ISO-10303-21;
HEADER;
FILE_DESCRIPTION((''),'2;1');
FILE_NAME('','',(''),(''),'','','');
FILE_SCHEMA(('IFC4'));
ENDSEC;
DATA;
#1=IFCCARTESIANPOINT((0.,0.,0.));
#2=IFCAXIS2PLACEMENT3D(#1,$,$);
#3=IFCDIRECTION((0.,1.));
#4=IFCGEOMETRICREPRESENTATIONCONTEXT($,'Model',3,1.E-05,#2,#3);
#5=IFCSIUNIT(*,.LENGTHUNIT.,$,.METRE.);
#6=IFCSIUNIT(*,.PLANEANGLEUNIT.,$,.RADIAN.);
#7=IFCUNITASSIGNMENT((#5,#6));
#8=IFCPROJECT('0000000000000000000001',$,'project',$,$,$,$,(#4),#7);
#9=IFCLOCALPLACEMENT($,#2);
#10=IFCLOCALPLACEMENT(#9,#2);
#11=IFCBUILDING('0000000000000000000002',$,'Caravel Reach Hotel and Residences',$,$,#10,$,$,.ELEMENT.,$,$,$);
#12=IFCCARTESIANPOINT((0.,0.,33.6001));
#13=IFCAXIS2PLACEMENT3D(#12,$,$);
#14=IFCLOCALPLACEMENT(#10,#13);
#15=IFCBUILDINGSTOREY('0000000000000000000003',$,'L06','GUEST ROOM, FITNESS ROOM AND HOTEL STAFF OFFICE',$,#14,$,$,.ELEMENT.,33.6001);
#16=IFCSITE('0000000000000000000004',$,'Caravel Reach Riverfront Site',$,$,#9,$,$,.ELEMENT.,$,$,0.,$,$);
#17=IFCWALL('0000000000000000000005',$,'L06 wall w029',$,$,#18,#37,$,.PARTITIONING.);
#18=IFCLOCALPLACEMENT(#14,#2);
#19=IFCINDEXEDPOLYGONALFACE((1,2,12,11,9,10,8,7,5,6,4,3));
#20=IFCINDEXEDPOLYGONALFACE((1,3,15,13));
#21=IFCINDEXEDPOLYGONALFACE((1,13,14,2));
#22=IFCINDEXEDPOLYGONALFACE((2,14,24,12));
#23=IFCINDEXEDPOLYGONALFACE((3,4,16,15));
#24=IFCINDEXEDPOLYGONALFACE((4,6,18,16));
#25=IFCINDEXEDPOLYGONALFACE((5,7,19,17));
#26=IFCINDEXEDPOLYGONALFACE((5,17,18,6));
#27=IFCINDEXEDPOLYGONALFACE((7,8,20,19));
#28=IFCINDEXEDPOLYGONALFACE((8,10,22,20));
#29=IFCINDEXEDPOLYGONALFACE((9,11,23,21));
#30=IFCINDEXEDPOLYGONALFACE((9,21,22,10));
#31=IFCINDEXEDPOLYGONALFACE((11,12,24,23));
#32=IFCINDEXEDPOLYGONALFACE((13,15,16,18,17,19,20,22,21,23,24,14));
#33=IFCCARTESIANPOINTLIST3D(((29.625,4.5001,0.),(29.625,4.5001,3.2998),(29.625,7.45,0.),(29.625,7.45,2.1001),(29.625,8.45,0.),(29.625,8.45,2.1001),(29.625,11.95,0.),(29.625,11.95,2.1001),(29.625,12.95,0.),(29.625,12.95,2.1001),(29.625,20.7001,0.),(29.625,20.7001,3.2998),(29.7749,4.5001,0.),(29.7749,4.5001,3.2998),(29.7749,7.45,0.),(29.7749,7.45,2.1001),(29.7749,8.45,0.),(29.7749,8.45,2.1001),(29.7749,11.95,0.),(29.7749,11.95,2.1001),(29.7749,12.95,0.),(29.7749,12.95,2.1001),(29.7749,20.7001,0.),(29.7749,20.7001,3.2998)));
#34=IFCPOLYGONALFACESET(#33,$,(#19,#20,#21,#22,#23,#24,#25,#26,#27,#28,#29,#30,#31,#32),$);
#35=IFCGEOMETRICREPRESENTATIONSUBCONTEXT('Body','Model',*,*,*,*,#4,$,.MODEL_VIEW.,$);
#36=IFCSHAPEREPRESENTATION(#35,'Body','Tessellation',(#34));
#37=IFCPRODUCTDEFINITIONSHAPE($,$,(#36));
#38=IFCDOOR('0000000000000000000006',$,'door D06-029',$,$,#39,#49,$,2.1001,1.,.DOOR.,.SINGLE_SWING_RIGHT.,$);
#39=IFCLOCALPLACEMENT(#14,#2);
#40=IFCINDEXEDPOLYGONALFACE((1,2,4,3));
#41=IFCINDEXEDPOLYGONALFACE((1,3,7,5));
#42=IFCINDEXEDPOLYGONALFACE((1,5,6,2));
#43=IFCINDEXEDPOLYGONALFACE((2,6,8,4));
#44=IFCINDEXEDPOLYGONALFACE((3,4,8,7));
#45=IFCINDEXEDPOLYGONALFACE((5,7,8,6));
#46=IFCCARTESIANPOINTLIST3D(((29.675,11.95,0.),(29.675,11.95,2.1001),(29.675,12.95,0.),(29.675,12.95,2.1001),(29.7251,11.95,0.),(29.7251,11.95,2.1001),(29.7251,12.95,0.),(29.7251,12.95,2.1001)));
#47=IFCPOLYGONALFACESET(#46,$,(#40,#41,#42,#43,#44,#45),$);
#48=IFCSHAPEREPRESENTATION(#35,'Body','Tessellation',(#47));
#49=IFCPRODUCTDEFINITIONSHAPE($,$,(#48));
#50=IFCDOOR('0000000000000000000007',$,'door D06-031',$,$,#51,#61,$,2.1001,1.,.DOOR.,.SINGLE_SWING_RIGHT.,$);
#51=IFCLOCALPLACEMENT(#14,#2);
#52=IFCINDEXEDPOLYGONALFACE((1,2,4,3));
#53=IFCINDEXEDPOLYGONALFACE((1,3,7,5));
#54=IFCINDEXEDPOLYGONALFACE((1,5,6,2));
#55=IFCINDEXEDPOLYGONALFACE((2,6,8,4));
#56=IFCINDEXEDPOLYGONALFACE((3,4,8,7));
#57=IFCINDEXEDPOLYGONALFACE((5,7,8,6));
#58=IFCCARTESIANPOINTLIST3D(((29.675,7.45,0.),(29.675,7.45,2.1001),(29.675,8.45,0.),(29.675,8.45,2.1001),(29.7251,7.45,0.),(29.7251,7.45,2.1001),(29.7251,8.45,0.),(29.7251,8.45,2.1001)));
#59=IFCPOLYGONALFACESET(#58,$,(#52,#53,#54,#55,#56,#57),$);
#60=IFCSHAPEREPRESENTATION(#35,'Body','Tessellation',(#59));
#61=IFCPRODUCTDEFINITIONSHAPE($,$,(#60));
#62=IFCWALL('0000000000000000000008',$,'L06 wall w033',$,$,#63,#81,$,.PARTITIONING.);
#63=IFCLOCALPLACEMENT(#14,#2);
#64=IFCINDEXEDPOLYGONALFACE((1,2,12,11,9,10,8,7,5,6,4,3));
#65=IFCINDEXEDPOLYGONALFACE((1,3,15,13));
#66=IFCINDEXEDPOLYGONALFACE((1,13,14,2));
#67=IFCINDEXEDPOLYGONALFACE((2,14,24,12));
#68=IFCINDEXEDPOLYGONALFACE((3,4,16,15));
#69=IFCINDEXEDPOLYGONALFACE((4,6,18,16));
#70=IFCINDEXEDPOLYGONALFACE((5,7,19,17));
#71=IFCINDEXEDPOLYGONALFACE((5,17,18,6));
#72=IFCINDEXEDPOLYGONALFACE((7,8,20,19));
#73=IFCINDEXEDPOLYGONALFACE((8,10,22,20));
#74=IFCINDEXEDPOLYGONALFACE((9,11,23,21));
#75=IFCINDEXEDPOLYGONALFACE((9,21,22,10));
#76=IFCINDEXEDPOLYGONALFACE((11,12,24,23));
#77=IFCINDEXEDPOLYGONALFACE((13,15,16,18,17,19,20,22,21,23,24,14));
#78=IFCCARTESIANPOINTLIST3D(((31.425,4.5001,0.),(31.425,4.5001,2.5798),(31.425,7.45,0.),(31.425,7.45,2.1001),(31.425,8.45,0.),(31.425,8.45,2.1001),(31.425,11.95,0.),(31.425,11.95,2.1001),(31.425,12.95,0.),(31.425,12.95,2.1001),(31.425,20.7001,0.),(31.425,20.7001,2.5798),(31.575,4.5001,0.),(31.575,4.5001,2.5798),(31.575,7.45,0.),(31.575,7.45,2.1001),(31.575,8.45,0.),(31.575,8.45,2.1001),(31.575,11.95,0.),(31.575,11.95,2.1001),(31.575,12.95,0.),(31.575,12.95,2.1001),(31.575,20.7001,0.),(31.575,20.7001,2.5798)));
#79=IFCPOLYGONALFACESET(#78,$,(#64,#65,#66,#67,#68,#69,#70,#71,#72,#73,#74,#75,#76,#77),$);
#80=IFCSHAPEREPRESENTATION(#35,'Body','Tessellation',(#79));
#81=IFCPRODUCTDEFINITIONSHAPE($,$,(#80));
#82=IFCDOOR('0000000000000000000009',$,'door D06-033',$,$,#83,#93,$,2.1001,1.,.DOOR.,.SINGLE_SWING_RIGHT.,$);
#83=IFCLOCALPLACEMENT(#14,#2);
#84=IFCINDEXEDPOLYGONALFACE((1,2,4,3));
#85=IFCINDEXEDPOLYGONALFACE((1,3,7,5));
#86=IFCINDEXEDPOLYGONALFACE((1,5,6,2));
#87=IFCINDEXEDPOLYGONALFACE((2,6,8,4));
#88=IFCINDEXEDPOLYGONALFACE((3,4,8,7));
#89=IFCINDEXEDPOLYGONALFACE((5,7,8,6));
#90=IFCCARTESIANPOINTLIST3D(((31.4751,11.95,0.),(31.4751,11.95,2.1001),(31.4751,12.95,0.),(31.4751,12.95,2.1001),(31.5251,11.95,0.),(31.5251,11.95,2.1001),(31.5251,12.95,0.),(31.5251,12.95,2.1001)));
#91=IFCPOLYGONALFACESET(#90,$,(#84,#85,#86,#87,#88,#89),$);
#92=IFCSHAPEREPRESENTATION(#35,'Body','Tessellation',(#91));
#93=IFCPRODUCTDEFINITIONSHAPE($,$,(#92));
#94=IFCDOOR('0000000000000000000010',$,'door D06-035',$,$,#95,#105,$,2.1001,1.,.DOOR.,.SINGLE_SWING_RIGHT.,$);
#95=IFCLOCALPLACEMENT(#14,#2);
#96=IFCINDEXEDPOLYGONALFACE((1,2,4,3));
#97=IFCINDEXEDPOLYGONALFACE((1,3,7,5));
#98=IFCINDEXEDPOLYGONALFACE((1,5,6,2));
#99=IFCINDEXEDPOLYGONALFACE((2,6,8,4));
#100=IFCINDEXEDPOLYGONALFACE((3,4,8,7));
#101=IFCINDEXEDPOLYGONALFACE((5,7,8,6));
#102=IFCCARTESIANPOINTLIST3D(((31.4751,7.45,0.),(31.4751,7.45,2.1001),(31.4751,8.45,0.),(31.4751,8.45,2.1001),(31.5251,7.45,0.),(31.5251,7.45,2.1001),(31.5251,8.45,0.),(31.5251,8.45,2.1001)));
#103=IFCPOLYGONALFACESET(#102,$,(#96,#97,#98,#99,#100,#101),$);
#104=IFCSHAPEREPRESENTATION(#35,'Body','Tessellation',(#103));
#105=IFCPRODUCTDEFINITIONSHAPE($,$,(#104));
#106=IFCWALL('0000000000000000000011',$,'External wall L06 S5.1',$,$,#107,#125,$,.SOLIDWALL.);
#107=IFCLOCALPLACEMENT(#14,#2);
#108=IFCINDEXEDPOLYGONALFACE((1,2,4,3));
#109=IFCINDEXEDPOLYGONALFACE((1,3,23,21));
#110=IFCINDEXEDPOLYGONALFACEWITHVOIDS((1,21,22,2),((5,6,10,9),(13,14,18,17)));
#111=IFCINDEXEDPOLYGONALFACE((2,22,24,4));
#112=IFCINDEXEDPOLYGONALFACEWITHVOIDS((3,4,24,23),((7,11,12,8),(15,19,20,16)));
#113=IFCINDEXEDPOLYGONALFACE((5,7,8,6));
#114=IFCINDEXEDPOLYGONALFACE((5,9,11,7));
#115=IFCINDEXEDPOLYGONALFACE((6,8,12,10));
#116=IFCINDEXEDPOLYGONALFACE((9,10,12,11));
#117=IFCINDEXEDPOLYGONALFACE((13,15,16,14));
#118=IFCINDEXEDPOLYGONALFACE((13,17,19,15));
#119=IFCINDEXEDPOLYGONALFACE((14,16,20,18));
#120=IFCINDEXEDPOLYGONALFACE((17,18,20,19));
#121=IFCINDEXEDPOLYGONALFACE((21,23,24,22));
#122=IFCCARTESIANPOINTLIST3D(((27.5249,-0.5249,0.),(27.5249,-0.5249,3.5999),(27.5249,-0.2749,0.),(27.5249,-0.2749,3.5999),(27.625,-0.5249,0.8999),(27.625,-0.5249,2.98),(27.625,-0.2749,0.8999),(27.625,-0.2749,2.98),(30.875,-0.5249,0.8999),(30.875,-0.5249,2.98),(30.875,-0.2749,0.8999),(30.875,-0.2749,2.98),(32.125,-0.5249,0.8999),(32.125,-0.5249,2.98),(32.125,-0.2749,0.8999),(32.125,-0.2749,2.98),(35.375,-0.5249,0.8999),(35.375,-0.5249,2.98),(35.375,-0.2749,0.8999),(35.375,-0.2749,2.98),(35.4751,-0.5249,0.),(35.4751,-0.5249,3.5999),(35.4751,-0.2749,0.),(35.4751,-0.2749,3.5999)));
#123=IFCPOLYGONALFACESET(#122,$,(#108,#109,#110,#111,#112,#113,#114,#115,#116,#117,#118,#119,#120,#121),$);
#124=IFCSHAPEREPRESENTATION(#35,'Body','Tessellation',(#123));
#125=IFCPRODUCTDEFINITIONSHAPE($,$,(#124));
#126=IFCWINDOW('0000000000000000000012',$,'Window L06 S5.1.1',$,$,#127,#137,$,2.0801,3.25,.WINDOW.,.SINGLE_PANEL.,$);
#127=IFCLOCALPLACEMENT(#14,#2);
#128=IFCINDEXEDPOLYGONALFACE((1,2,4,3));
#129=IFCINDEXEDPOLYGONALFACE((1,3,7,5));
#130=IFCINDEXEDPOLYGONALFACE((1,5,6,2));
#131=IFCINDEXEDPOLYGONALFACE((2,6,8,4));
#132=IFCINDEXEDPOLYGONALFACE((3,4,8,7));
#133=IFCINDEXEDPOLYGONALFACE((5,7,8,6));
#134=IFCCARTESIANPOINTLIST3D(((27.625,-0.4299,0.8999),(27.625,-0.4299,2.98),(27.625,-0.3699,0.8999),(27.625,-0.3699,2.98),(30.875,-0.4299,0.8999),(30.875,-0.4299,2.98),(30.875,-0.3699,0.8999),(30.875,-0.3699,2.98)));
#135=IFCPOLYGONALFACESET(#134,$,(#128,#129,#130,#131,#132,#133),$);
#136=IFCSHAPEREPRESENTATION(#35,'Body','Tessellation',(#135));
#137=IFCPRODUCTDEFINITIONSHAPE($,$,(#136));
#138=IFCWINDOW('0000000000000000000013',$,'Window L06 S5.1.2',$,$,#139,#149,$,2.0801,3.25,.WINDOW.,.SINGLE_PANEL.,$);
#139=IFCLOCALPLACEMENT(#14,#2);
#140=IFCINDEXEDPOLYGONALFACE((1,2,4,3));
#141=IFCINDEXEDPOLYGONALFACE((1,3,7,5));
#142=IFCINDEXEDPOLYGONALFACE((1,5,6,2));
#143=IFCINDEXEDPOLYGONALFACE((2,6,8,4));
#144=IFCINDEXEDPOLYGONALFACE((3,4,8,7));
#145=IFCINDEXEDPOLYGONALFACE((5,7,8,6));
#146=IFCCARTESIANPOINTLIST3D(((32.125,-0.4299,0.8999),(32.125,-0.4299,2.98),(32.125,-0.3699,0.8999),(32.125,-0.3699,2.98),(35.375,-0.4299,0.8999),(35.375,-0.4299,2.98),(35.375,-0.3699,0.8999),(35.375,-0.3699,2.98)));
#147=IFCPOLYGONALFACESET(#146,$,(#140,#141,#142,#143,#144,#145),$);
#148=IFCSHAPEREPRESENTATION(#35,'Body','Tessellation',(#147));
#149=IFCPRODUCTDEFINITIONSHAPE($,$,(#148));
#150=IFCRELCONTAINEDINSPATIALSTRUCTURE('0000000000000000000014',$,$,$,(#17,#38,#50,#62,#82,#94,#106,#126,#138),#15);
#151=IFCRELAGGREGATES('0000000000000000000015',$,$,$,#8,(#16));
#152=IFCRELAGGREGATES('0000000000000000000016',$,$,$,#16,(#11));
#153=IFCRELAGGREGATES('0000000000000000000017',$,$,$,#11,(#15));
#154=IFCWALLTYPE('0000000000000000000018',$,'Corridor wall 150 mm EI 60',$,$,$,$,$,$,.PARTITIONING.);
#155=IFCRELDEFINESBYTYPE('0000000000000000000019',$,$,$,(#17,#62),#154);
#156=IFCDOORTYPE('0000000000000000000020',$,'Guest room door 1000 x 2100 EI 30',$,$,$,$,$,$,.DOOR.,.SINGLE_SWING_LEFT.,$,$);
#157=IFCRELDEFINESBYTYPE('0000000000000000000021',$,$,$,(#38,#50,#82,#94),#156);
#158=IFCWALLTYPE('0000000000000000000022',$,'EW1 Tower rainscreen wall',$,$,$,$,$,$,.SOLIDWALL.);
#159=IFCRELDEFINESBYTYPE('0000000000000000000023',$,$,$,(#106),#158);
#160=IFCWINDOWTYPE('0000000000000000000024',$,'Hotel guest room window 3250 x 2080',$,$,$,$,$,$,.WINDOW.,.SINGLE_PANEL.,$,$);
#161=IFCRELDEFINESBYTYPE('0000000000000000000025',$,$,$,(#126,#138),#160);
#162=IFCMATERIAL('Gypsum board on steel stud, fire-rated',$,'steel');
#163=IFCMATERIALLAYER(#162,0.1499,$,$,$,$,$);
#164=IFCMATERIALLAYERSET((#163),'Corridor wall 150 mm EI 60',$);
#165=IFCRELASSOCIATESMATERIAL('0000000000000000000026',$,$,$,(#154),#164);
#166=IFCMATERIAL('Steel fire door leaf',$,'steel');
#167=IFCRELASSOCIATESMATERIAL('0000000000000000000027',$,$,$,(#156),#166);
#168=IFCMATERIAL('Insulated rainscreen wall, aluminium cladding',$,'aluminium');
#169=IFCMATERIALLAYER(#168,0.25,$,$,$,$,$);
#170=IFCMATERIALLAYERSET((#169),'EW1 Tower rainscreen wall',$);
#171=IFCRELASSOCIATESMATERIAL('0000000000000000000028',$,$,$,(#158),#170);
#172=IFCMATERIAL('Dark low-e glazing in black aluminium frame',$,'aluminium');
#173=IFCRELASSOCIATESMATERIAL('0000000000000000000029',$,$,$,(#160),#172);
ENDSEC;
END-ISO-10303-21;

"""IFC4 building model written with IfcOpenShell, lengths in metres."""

from ifc_helpers import new_model, si_unit, direction, frame, frame_2d, origin, place, context, subcontext, project, spatial, rectangle, extrude, material, layer, layer_set, type_object, element, fill, save


model = new_model("IFC4")

# Units and contexts
model_context = context("Model", 3, precision=1e-05, world=origin(), true_north=direction((0.0, 1.0)))
body_context = subcontext(model_context, "Body", "Model", "MODEL_VIEW")
ifc_project = project(units=[si_unit("LENGTHUNIT", "METRE"), si_unit("PLANEANGLEUNIT", "RADIAN")], contexts=[model_context])

# Site, building, storey
site_placement = place(None, origin())
site = spatial("IfcSite", under=ifc_project, at=site_placement, Name="Caravel Reach Riverfront Site", CompositionType="ELEMENT", RefElevation=0.0)
building_placement = place(site_placement, origin())
building = spatial("IfcBuilding", under=site, at=building_placement, Name="Caravel Reach Hotel and Residences", CompositionType="ELEMENT")
storey_placement = place(building_placement, frame((0.0, 0.0, 33.6001)))
storey = spatial("IfcBuildingStorey", under=building, at=storey_placement, Name="L06", Description="GUEST ROOM, FITNESS ROOM AND HOTEL STAFF OFFICE", CompositionType="ELEMENT", Elevation=33.6001)

# Shared definitions
ifc_material_1 = material(Name="Gypsum board on steel stud, fire-rated", Category="steel")
ifc_layer_1 = layer(ifc_material_1, 0.1499)
ifc_layer_set_1 = layer_set([ifc_layer_1], Name="Corridor wall 150 mm EI 60")
wall_type_1 = type_object("IfcWallType", Name="Corridor wall 150 mm EI 60", PredefinedType="PARTITIONING", material=ifc_layer_set_1)
ifc_material_2 = material(Name="Steel fire door leaf", Category="steel")
door_type_1 = type_object("IfcDoorType", Name="Guest room door 1000 x 2100 EI 30", OperationType="SINGLE_SWING_LEFT", PredefinedType="DOOR", material=ifc_material_2)

# Walls, openings, doors
wall_1_placement = place(storey_placement, frame((29.7, 4.5, 0.0), z_axis=(0.0, 0.0, 1.0), x_axis=(0.0, 1.0, 0.0)))
wall_1 = element("IfcWall", 1, at=wall_1_placement, inside=storey, type_object=wall_type_1, Name="L06 wall w029", PredefinedType="PARTITIONING", context=body_context, shape_type="SweptSolid", body=[
    extrude(rectangle(XDim=16.2, YDim=0.1499, at=frame_2d((8.1001, 0.0))), origin(), (0.0, 0.0, 1.0), 3.2998),
])
opening_1_placement = place(wall_1_placement, frame((7.45, 0.0, 0.0)))
opening_1 = element("IfcOpeningElement", 2, at=opening_1_placement, cuts=wall_1, PredefinedType="OPENING", context=body_context, shape_type="SweptSolid", body=[
    extrude(rectangle(XDim=1.0, YDim=2.1001, at=frame_2d((0.5, 1.05))), frame((0.0, 0.085, 0.0), z_axis=(0.0, -1.0, 0.0), x_axis=(1.0, 0.0, 0.0)), (0.0, 0.0, 1.0), 0.1699),
])
opening_2_placement = place(wall_1_placement, frame((2.95, 0.0, 0.0)))
opening_2 = element("IfcOpeningElement", 3, at=opening_2_placement, cuts=wall_1, PredefinedType="OPENING", context=body_context, shape_type="SweptSolid", body=[
    extrude(rectangle(XDim=1.0, YDim=2.1001, at=frame_2d((0.5, 1.05))), frame((0.0, 0.085, 0.0), z_axis=(0.0, -1.0, 0.0), x_axis=(1.0, 0.0, 0.0)), (0.0, 0.0, 1.0), 0.1699),
])
door_1_placement = place(opening_1_placement, origin())
door_1 = element("IfcDoor", 4, at=door_1_placement, inside=storey, type_object=door_type_1, Name="door D06-029", OperationType="SINGLE_SWING_RIGHT", OverallHeight=2.1001, OverallWidth=1.0, PredefinedType="DOOR", context=body_context, shape_type="SweptSolid", body=[
    extrude(rectangle(XDim=1.0, YDim=2.1001, at=frame_2d((0.5, 1.05))), frame((0.0, 0.0249, 0.0), z_axis=(0.0, -1.0, 0.0), x_axis=(1.0, 0.0, 0.0)), (0.0, 0.0, 1.0), 0.05),
])
fill(opening_1, door_1)
door_2_placement = place(opening_2_placement, origin())
door_2 = element("IfcDoor", 5, at=door_2_placement, inside=storey, type_object=door_type_1, Name="door D06-031", OperationType="SINGLE_SWING_RIGHT", OverallHeight=2.1001, OverallWidth=1.0, PredefinedType="DOOR", context=body_context, shape_type="SweptSolid", body=[
    extrude(rectangle(XDim=1.0, YDim=2.1001, at=frame_2d((0.5, 1.05))), frame((0.0, 0.0249, 0.0), z_axis=(0.0, -1.0, 0.0), x_axis=(1.0, 0.0, 0.0)), (0.0, 0.0, 1.0), 0.05),
])
fill(opening_2, door_2)
wall_2_placement = place(storey_placement, frame((31.5, 4.5, 0.0), z_axis=(0.0, 0.0, 1.0), x_axis=(0.0, 1.0, 0.0)))
wall_2 = element("IfcWall", 6, at=wall_2_placement, inside=storey, type_object=wall_type_1, Name="L06 wall w033", PredefinedType="PARTITIONING", context=body_context, shape_type="SweptSolid", body=[
    extrude(rectangle(XDim=16.2, YDim=0.1499, at=frame_2d((8.1001, 0.0))), origin(), (0.0, 0.0, 1.0), 2.5798),
])
opening_3_placement = place(wall_2_placement, frame((7.45, 0.0, 0.0)))
opening_3 = element("IfcOpeningElement", 7, at=opening_3_placement, cuts=wall_2, PredefinedType="OPENING", context=body_context, shape_type="SweptSolid", body=[
    extrude(rectangle(XDim=1.0, YDim=2.1001, at=frame_2d((0.5, 1.05))), frame((0.0, 0.085, 0.0), z_axis=(0.0, -1.0, 0.0), x_axis=(1.0, 0.0, 0.0)), (0.0, 0.0, 1.0), 0.1699),
])
opening_4_placement = place(wall_2_placement, frame((2.95, 0.0, 0.0)))
opening_4 = element("IfcOpeningElement", 8, at=opening_4_placement, cuts=wall_2, PredefinedType="OPENING", context=body_context, shape_type="SweptSolid", body=[
    extrude(rectangle(XDim=1.0, YDim=2.1001, at=frame_2d((0.5, 1.05))), frame((0.0, 0.085, 0.0), z_axis=(0.0, -1.0, 0.0), x_axis=(1.0, 0.0, 0.0)), (0.0, 0.0, 1.0), 0.1699),
])
door_3_placement = place(opening_3_placement, origin())
door_3 = element("IfcDoor", 9, at=door_3_placement, inside=storey, type_object=door_type_1, Name="door D06-033", OperationType="SINGLE_SWING_RIGHT", OverallHeight=2.1001, OverallWidth=1.0, PredefinedType="DOOR", context=body_context, shape_type="SweptSolid", body=[
    extrude(rectangle(XDim=1.0, YDim=2.1001, at=frame_2d((0.5, 1.05))), frame((0.0, 0.0249, 0.0), z_axis=(0.0, -1.0, 0.0), x_axis=(1.0, 0.0, 0.0)), (0.0, 0.0, 1.0), 0.05),
])
fill(opening_3, door_3)
door_4_placement = place(opening_4_placement, origin())
door_4 = element("IfcDoor", 10, at=door_4_placement, inside=storey, type_object=door_type_1, Name="door D06-035", OperationType="SINGLE_SWING_RIGHT", OverallHeight=2.1001, OverallWidth=1.0, PredefinedType="DOOR", context=body_context, shape_type="SweptSolid", body=[
    extrude(rectangle(XDim=1.0, YDim=2.1001, at=frame_2d((0.5, 1.05))), frame((0.0, 0.0249, 0.0), z_axis=(0.0, -1.0, 0.0), x_axis=(1.0, 0.0, 0.0)), (0.0, 0.0, 1.0), 0.05),
])
fill(opening_4, door_4)

# Wall, openings, windows
ifc_material_3 = material(Name="Insulated rainscreen wall, aluminium cladding", Category="aluminium")
ifc_layer_2 = layer(ifc_material_3, 0.25)
ifc_layer_set_2 = layer_set([ifc_layer_2], Name="EW1 Tower rainscreen wall")
wall_type_2 = type_object("IfcWallType", Name="EW1 Tower rainscreen wall", PredefinedType="SOLIDWALL", material=ifc_layer_set_2)
wall_3_placement = place(storey_placement, frame((27.5249, -0.3999, 0.0), z_axis=(0.0, 0.0, 1.0), x_axis=(1.0, 0.0, 0.0)))
wall_3 = element("IfcWall", 11, at=wall_3_placement, inside=storey, type_object=wall_type_2, Name="External wall L06 S5.1", PredefinedType="SOLIDWALL", context=body_context, shape_type="SweptSolid", body=[
    extrude(rectangle(XDim=7.9502, YDim=0.25, at=frame_2d((3.9751, 0.0))), origin(), (0.0, 0.0, 1.0), 3.5999),
])
opening_5_placement = place(wall_3_placement, frame((0.1001, 0.0, 0.8999)))
opening_5 = element("IfcOpeningElement", 12, at=opening_5_placement, cuts=wall_3, PredefinedType="OPENING", context=body_context, shape_type="SweptSolid", body=[
    extrude(rectangle(XDim=3.25, YDim=2.0801, at=frame_2d((1.625, 1.04))), frame((0.0, 0.135, 0.0), z_axis=(0.0, -1.0, 0.0), x_axis=(1.0, 0.0, 0.0)), (0.0, 0.0, 1.0), 0.27),
])
opening_6_placement = place(wall_3_placement, frame((4.6001, 0.0, 0.8999)))
opening_6 = element("IfcOpeningElement", 13, at=opening_6_placement, cuts=wall_3, PredefinedType="OPENING", context=body_context, shape_type="SweptSolid", body=[
    extrude(rectangle(XDim=3.25, YDim=2.0801, at=frame_2d((1.625, 1.04))), frame((0.0, 0.135, 0.0), z_axis=(0.0, -1.0, 0.0), x_axis=(1.0, 0.0, 0.0)), (0.0, 0.0, 1.0), 0.27),
])
ifc_material_4 = material(Name="Dark low-e glazing in black aluminium frame", Category="aluminium")
window_type_1 = type_object("IfcWindowType", Name="Hotel guest room window 3250 x 2080", PartitioningType="SINGLE_PANEL", PredefinedType="WINDOW", material=ifc_material_4)
window_1_placement = place(opening_5_placement, origin())
window_1 = element("IfcWindow", 14, at=window_1_placement, inside=storey, type_object=window_type_1, Name="Window L06 S5.1.1", OverallHeight=2.0801, OverallWidth=3.25, PartitioningType="SINGLE_PANEL", PredefinedType="WINDOW", context=body_context, shape_type="SweptSolid", body=[
    extrude(rectangle(XDim=3.25, YDim=2.0801, at=frame_2d((1.625, 1.04))), frame((0.0, 0.03, 0.0), z_axis=(0.0, -1.0, 0.0), x_axis=(1.0, 0.0, 0.0)), (0.0, 0.0, 1.0), 0.0601),
])
fill(opening_5, window_1)
window_2_placement = place(opening_6_placement, origin())
window_2 = element("IfcWindow", 15, at=window_2_placement, inside=storey, type_object=window_type_1, Name="Window L06 S5.1.2", OverallHeight=2.0801, OverallWidth=3.25, PartitioningType="SINGLE_PANEL", PredefinedType="WINDOW", context=body_context, shape_type="SweptSolid", body=[
    extrude(rectangle(XDim=3.25, YDim=2.0801, at=frame_2d((1.625, 1.04))), frame((0.0, 0.03, 0.0), z_axis=(0.0, -1.0, 0.0), x_axis=(1.0, 0.0, 0.0)), (0.0, 0.0, 1.0), 0.0601),
])
fill(opening_6, window_2)

save(model, "model.ifc")
